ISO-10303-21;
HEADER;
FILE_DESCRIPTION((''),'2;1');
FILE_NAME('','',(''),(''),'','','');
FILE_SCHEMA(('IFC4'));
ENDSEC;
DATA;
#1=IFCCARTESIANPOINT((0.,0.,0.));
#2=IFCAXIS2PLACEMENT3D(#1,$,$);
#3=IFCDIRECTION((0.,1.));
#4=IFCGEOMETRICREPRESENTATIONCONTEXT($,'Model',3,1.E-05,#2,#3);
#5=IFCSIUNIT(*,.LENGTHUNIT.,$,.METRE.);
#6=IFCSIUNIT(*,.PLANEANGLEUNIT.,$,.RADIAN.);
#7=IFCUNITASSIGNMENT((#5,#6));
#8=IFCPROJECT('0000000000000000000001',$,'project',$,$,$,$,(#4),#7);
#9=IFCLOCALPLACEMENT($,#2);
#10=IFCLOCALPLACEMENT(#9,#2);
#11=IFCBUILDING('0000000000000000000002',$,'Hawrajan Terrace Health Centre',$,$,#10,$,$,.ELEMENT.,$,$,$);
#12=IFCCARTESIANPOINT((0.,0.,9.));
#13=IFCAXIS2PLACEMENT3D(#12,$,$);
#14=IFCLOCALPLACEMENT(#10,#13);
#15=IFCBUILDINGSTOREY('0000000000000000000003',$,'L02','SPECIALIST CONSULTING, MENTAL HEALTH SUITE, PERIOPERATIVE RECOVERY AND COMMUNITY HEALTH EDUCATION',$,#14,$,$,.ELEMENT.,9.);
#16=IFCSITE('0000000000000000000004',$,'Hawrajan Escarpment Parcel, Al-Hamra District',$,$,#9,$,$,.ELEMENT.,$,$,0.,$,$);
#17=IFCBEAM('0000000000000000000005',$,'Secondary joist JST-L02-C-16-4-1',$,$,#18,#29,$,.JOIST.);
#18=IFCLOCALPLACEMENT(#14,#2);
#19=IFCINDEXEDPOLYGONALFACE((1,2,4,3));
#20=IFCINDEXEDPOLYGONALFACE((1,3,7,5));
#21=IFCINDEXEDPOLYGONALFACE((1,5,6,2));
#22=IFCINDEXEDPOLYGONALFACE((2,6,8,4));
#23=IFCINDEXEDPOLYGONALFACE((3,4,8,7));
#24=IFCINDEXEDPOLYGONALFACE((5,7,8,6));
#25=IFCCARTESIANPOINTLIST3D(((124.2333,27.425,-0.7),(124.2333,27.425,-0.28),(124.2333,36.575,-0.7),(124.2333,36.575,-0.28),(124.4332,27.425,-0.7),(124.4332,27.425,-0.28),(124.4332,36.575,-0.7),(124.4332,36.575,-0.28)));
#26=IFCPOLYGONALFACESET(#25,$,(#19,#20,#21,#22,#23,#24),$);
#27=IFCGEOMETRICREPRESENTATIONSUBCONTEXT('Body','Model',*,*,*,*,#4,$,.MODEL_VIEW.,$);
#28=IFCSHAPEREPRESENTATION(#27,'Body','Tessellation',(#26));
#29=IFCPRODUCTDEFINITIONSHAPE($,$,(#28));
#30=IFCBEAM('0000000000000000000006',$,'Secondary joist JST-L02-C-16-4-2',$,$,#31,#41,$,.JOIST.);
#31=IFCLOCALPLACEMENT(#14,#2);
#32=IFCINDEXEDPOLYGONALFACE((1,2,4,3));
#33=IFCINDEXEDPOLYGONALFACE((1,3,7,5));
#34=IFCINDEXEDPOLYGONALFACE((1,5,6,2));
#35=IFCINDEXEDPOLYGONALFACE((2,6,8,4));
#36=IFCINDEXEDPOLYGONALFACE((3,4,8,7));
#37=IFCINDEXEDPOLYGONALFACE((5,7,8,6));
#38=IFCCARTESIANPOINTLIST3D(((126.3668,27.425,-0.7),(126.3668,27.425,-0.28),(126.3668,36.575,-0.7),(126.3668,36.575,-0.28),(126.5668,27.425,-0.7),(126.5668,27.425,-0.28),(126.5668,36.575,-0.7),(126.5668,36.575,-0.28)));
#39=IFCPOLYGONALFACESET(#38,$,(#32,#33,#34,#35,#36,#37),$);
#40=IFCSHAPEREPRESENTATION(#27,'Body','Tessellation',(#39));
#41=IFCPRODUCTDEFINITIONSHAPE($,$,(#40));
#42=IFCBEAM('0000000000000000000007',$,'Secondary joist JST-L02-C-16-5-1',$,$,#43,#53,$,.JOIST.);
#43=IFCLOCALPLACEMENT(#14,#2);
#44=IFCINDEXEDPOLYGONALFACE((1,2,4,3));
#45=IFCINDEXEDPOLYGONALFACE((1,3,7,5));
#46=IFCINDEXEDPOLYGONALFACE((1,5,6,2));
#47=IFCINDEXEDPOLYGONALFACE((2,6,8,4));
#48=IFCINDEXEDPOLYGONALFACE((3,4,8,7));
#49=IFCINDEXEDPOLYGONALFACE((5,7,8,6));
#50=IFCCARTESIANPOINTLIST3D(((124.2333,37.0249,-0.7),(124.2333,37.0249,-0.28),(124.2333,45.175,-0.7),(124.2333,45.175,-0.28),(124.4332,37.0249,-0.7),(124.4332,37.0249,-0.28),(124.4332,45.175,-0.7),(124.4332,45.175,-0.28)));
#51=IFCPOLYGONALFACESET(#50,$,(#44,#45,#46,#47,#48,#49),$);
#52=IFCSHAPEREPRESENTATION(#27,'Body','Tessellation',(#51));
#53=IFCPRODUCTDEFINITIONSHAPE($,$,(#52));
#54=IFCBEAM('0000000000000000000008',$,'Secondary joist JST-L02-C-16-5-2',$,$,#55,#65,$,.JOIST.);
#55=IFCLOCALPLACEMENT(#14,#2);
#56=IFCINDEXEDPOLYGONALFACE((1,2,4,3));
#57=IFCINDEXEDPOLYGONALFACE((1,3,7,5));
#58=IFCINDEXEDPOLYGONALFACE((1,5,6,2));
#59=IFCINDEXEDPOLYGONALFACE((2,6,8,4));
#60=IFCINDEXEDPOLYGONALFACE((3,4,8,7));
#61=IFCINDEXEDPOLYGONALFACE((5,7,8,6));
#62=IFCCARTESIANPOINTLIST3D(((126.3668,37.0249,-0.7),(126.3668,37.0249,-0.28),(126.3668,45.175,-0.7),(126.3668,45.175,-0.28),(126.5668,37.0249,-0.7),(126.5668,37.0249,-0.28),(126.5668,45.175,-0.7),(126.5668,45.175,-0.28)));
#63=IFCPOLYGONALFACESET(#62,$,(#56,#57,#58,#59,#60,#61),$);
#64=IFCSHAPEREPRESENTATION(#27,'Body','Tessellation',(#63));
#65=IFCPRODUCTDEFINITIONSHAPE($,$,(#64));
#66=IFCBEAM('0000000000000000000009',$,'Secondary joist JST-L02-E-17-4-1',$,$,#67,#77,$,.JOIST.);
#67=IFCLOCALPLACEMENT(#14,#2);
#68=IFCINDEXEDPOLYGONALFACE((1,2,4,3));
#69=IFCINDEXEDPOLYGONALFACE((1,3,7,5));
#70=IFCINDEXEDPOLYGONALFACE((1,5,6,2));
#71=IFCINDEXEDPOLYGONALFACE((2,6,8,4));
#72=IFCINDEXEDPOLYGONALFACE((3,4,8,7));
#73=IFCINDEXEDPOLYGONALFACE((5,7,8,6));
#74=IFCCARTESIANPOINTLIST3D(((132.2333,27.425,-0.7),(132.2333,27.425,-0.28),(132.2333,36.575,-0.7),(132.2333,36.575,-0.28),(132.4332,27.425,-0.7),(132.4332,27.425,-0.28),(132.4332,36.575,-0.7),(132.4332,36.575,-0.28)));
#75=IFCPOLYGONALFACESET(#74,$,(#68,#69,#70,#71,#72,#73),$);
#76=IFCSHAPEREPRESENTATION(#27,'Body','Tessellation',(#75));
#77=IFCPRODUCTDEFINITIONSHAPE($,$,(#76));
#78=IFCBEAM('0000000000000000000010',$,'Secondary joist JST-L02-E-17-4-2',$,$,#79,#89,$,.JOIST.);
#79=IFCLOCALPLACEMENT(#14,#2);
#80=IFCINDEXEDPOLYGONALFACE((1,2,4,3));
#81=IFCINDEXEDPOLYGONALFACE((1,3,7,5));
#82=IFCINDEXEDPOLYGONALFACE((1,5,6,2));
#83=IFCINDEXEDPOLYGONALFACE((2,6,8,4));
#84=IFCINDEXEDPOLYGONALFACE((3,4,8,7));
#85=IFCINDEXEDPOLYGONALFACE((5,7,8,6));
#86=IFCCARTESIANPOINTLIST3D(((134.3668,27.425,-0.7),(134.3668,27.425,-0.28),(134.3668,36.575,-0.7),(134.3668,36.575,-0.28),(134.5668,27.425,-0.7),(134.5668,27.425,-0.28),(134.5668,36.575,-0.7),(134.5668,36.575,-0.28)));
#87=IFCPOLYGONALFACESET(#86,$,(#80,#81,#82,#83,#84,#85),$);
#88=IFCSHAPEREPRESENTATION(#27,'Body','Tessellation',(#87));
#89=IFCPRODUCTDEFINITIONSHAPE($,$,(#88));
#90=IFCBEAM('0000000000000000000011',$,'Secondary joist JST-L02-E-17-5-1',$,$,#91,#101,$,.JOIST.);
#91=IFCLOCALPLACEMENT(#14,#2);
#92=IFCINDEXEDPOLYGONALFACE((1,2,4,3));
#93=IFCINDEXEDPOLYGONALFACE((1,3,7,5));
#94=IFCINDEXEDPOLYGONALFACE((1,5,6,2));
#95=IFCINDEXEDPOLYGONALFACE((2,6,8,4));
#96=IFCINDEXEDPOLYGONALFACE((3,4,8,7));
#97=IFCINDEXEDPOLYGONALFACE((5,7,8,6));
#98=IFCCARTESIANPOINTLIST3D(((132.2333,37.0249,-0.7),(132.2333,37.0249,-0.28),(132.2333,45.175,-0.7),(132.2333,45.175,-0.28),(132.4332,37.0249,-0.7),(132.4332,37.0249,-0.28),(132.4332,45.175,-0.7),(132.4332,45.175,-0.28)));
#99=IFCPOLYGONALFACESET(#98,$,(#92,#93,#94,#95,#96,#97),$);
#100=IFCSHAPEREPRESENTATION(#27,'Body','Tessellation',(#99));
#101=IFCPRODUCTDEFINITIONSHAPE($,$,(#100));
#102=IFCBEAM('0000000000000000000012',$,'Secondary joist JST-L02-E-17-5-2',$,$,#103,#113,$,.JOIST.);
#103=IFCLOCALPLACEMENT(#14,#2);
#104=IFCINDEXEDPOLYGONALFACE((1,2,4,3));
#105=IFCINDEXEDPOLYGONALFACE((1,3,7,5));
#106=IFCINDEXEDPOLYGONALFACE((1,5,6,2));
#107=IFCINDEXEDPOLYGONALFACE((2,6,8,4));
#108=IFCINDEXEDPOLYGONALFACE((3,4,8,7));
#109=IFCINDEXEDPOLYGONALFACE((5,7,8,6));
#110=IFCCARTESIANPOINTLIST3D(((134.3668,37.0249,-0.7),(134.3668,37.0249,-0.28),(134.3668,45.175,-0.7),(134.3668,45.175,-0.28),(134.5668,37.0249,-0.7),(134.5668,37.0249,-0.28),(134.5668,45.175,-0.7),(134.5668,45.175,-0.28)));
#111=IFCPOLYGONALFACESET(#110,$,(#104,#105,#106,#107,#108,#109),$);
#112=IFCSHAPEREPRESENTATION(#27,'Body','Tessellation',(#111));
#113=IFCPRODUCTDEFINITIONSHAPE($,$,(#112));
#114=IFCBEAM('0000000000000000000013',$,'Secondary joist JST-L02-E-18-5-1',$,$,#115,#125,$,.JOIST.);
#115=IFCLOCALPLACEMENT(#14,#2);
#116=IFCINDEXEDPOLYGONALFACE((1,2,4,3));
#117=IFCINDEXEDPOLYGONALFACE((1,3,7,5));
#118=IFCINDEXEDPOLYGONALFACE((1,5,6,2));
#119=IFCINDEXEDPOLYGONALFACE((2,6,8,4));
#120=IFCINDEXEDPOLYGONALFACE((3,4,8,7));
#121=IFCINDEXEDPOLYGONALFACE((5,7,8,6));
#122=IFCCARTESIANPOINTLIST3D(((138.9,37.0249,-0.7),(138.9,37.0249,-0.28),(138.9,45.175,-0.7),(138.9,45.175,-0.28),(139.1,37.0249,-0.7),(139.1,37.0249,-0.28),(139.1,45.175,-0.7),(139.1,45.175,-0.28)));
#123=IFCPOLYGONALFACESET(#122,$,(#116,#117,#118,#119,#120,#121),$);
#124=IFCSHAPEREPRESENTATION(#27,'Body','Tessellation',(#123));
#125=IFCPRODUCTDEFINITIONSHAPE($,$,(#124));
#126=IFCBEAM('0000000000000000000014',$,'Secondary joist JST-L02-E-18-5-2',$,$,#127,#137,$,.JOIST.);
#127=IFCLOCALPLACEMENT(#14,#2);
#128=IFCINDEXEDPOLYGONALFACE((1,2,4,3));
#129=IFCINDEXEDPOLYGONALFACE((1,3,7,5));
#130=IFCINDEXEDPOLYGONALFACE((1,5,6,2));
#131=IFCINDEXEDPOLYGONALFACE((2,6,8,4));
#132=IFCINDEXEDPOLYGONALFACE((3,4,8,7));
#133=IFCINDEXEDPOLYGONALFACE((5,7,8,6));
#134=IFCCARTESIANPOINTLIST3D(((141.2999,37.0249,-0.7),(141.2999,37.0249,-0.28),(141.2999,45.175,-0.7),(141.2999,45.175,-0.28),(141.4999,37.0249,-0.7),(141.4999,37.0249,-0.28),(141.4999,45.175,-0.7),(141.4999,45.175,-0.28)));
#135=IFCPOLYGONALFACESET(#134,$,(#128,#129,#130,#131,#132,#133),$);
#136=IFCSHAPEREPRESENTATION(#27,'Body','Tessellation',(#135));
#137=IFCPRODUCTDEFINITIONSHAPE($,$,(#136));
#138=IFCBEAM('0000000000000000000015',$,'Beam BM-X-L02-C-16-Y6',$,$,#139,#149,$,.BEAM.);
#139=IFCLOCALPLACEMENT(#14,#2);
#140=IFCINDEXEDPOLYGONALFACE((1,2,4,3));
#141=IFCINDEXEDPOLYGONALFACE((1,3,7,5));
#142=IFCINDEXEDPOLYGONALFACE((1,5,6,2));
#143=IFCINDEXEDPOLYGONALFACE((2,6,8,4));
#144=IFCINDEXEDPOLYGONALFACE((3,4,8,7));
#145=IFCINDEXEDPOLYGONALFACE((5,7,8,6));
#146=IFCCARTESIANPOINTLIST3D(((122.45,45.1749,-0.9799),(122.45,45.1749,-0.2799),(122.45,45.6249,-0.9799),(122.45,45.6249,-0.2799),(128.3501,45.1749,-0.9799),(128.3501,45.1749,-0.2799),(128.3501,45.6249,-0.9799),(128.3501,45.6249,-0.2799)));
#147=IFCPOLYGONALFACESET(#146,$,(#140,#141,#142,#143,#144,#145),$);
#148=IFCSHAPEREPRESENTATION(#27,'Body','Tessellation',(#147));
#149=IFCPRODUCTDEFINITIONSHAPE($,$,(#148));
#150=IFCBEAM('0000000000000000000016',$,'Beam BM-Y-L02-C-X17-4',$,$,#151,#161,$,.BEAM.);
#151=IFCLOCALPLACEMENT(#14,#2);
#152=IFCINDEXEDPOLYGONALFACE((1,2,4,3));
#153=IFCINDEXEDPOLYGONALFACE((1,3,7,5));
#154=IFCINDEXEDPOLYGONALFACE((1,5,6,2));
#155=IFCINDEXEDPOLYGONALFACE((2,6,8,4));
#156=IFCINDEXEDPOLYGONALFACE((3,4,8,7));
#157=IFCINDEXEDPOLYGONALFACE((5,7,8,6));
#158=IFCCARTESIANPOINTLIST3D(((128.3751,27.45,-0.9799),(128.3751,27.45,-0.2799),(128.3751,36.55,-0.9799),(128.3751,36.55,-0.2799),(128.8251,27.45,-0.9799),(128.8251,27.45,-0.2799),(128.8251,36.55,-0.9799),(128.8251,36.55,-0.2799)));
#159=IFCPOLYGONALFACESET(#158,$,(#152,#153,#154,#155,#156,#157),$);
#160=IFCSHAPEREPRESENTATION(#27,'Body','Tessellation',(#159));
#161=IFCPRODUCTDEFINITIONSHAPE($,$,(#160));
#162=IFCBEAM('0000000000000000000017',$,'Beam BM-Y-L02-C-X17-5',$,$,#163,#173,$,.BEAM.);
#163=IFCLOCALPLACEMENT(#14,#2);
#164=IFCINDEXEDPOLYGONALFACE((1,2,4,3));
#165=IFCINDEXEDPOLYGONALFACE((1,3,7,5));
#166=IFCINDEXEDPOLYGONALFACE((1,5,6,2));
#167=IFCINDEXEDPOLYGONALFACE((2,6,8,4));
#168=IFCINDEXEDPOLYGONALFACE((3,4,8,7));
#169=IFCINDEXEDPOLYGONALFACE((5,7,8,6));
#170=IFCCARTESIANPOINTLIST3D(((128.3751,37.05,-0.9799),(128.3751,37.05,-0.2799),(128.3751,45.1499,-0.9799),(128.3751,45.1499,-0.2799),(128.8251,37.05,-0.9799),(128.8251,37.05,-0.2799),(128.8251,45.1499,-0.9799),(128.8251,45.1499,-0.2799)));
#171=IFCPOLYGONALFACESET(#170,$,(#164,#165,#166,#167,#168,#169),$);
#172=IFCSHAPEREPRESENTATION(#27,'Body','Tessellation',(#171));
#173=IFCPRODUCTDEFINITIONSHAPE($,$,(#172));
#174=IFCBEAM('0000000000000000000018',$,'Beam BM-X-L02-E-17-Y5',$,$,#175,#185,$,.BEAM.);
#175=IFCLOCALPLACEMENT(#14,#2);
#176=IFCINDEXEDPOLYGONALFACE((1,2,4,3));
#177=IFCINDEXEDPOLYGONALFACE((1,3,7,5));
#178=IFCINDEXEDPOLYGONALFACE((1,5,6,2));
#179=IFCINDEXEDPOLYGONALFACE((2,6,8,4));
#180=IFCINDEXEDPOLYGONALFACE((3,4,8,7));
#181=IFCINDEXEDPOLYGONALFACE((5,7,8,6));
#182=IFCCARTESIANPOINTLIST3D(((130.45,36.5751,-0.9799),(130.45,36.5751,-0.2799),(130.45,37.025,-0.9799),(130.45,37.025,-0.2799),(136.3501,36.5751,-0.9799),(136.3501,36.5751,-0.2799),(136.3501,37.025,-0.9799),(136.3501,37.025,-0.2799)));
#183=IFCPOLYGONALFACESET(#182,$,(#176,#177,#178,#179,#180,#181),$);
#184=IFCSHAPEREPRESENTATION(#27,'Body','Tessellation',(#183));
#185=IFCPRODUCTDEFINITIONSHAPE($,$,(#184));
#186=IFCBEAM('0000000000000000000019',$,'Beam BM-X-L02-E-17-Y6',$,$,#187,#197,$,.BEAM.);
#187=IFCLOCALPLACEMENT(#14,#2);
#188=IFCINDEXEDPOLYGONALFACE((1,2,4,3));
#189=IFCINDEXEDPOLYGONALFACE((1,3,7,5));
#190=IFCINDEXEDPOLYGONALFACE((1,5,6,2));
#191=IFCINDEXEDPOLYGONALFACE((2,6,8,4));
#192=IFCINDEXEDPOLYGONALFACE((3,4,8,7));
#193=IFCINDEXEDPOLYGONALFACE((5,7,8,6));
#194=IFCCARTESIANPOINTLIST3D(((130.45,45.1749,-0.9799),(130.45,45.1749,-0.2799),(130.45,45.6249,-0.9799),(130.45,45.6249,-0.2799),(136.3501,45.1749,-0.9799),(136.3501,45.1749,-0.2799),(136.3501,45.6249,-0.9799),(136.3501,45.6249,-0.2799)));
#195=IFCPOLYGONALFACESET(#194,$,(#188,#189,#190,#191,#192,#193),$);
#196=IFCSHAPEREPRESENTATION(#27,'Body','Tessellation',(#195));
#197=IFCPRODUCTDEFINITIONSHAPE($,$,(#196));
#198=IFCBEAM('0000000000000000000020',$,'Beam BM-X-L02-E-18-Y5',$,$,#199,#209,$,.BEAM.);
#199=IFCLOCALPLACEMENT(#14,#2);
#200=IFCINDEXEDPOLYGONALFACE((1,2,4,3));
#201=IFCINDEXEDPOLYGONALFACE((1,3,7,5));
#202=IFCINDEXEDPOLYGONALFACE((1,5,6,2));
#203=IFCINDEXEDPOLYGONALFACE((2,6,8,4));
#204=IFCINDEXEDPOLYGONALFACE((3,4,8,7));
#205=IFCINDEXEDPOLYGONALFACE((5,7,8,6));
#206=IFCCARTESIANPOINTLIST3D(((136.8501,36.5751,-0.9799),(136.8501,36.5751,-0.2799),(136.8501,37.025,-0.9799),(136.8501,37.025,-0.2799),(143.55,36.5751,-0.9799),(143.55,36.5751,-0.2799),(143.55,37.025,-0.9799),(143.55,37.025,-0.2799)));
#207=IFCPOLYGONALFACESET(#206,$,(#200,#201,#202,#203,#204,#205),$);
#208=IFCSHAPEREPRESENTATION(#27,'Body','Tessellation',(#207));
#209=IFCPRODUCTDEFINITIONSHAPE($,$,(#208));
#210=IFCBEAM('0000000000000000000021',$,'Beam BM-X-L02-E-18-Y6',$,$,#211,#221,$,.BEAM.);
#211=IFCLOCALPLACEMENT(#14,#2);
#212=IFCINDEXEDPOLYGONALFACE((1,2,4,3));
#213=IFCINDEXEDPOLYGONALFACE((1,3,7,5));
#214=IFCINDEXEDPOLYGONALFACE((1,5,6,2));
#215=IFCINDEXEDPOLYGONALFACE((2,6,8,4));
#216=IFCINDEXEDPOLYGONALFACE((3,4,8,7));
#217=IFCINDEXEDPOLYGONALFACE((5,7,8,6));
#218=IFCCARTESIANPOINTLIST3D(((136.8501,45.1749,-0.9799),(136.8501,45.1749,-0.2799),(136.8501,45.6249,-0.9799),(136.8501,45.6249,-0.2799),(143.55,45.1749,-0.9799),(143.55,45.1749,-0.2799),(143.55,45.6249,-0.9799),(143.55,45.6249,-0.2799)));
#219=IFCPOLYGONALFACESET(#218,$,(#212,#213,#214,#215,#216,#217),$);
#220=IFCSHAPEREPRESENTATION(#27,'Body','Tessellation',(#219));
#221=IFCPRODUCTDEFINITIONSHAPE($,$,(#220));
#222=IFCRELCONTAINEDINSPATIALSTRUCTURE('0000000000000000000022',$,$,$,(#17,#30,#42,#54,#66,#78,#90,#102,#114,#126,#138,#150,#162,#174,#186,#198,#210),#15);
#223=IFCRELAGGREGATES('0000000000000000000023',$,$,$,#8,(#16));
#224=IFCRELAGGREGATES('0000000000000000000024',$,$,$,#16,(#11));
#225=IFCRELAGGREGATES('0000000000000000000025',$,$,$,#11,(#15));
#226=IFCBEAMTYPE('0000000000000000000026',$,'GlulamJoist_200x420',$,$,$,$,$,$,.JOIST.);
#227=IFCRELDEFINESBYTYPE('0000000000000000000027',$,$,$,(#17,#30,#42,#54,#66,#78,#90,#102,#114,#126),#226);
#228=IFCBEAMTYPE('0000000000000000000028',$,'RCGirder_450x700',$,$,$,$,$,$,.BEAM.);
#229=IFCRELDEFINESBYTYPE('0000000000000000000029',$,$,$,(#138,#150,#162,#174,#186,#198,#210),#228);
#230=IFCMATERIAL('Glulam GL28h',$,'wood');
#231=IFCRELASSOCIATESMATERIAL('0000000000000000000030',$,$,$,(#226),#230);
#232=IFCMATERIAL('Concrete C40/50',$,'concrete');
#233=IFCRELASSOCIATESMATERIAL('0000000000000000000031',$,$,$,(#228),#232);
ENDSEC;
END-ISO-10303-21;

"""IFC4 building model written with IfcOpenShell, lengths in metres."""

from ifc_helpers import new_model, si_unit, direction, frame, origin, origin_2d, place, context, subcontext, project, spatial, rectangle, extrude, material, material_profile, profile_set, type_object, element, save


model = new_model("IFC4")

# Units and contexts
model_context = context("Model", 3, precision=1e-05, world=origin(), true_north=direction((0.0, 1.0)))
body_context = subcontext(model_context, "Body", "Model", "MODEL_VIEW")
ifc_project = project(units=[si_unit("LENGTHUNIT", "METRE"), si_unit("PLANEANGLEUNIT", "RADIAN")], contexts=[model_context])

# Site, building, storey
site_placement = place(None, origin())
site = spatial("IfcSite", under=ifc_project, at=site_placement, Name="Hawrajan Escarpment Parcel, Al-Hamra District", CompositionType="ELEMENT", RefElevation=0.0)
building_placement = place(site_placement, origin())
building = spatial("IfcBuilding", under=site, at=building_placement, Name="Hawrajan Terrace Health Centre", CompositionType="ELEMENT")
storey_placement = place(building_placement, frame((0.0, 0.0, 9.0)))
storey = spatial("IfcBuildingStorey", under=building, at=storey_placement, Name="L02", Description="SPECIALIST CONSULTING, MENTAL HEALTH SUITE, PERIOPERATIVE RECOVERY AND COMMUNITY HEALTH EDUCATION", CompositionType="ELEMENT", Elevation=9.0)

# Beams
ifc_material_1 = material(Name="Glulam GL28h", Category="wood")
ifc_material_profile_1 = material_profile(ifc_material_1, rectangle(XDim=0.2, YDim=0.4199, at=origin_2d()), Name="GL JST 200x420")
ifc_profile_set_1 = profile_set([ifc_material_profile_1], Name="Glulam GL28h")
beam_type_1 = type_object("IfcBeamType", Name="GlulamJoist_200x420", PredefinedType="JOIST", material=ifc_profile_set_1)
for number, where, z_axis, x_axis, name in (
    (1, (124.3333, 27.425, -0.49), (0.0, 1.0, 0.0), (-1.0, 0.0, 0.0), "Secondary joist JST-L02-C-16-4-1"),
    (2, (126.4668, 27.425, -0.49), (0.0, 1.0, 0.0), (-1.0, 0.0, 0.0), "Secondary joist JST-L02-C-16-4-2"),
):
    element("IfcBeam", number, at=place(storey_placement, frame(where, z_axis=z_axis, x_axis=x_axis)), inside=storey, type_object=beam_type_1, Name=name, PredefinedType="JOIST", context=body_context, shape_type="SweptSolid", body=[
        extrude(rectangle(XDim=0.2, YDim=0.4199, at=origin_2d()), origin(), (0.0, 0.0, 1.0), 9.1499),
    ])
for number, where, z_axis, x_axis, name in (
    (3, (124.3333, 37.0249, -0.49), (0.0, 1.0, 0.0), (-1.0, 0.0, 0.0), "Secondary joist JST-L02-C-16-5-1"),
    (4, (126.4668, 37.0249, -0.49), (0.0, 1.0, 0.0), (-1.0, 0.0, 0.0), "Secondary joist JST-L02-C-16-5-2"),
):
    element("IfcBeam", number, at=place(storey_placement, frame(where, z_axis=z_axis, x_axis=x_axis)), inside=storey, type_object=beam_type_1, Name=name, PredefinedType="JOIST", context=body_context, shape_type="SweptSolid", body=[
        extrude(rectangle(XDim=0.2, YDim=0.4199, at=origin_2d()), origin(), (0.0, 0.0, 1.0), 8.1501),
    ])
for number, where, z_axis, x_axis, name in (
    (5, (132.3333, 27.425, -0.49), (0.0, 1.0, 0.0), (-1.0, 0.0, 0.0), "Secondary joist JST-L02-E-17-4-1"),
    (6, (134.4668, 27.425, -0.49), (0.0, 1.0, 0.0), (-1.0, 0.0, 0.0), "Secondary joist JST-L02-E-17-4-2"),
):
    element("IfcBeam", number, at=place(storey_placement, frame(where, z_axis=z_axis, x_axis=x_axis)), inside=storey, type_object=beam_type_1, Name=name, PredefinedType="JOIST", context=body_context, shape_type="SweptSolid", body=[
        extrude(rectangle(XDim=0.2, YDim=0.4199, at=origin_2d()), origin(), (0.0, 0.0, 1.0), 9.1499),
    ])
for number, where, z_axis, x_axis, name in (
    (7, (132.3333, 37.0249, -0.49), (0.0, 1.0, 0.0), (-1.0, 0.0, 0.0), "Secondary joist JST-L02-E-17-5-1"),
    (8, (134.4668, 37.0249, -0.49), (0.0, 1.0, 0.0), (-1.0, 0.0, 0.0), "Secondary joist JST-L02-E-17-5-2"),
    (9, (139.0, 37.0249, -0.49), (0.0, 1.0, 0.0), (-1.0, 0.0, 0.0), "Secondary joist JST-L02-E-18-5-1"),
    (10, (141.3999, 37.0249, -0.49), (0.0, 1.0, 0.0), (-1.0, 0.0, 0.0), "Secondary joist JST-L02-E-18-5-2"),
):
    element("IfcBeam", number, at=place(storey_placement, frame(where, z_axis=z_axis, x_axis=x_axis)), inside=storey, type_object=beam_type_1, Name=name, PredefinedType="JOIST", context=body_context, shape_type="SweptSolid", body=[
        extrude(rectangle(XDim=0.2, YDim=0.4199, at=origin_2d()), origin(), (0.0, 0.0, 1.0), 8.1501),
    ])
ifc_material_2 = material(Name="Concrete C40/50", Category="concrete")
ifc_material_profile_2 = material_profile(ifc_material_2, rectangle(XDim=0.45, YDim=0.7, at=origin_2d()), Name="RC BM 450x700")
ifc_profile_set_2 = profile_set([ifc_material_profile_2], Name="Concrete C40/50")
beam_type_2 = type_object("IfcBeamType", Name="RCGirder_450x700", PredefinedType="BEAM", material=ifc_profile_set_2)
beam_1_placement = place(storey_placement, frame((122.45, 45.3999, -0.6299), z_axis=(1.0, 0.0, 0.0), x_axis=(0.0, 1.0, 0.0)))
element("IfcBeam", 11, at=beam_1_placement, inside=storey, type_object=beam_type_2, Name="Beam BM-X-L02-C-16-Y6", PredefinedType="BEAM", context=body_context, shape_type="SweptSolid", body=[
    extrude(rectangle(XDim=0.45, YDim=0.7, at=origin_2d()), origin(), (0.0, 0.0, 1.0), 5.9001),
])
beam_2_placement = place(storey_placement, frame((128.6001, 27.45, -0.6299), z_axis=(0.0, 1.0, 0.0), x_axis=(-1.0, 0.0, 0.0)))
element("IfcBeam", 12, at=beam_2_placement, inside=storey, type_object=beam_type_2, Name="Beam BM-Y-L02-C-X17-4", PredefinedType="BEAM", context=body_context, shape_type="SweptSolid", body=[
    extrude(rectangle(XDim=0.45, YDim=0.7, at=origin_2d()), origin(), (0.0, 0.0, 1.0), 9.1001),
])
beam_3_placement = place(storey_placement, frame((128.6001, 37.05, -0.6299), z_axis=(0.0, 1.0, 0.0), x_axis=(-1.0, 0.0, 0.0)))
element("IfcBeam", 13, at=beam_3_placement, inside=storey, type_object=beam_type_2, Name="Beam BM-Y-L02-C-X17-5", PredefinedType="BEAM", context=body_context, shape_type="SweptSolid", body=[
    extrude(rectangle(XDim=0.45, YDim=0.7, at=origin_2d()), origin(), (0.0, 0.0, 1.0), 8.0999),
])
for number, where, z_axis, x_axis, name in (
    (14, (130.45, 36.8, -0.6299), (1.0, 0.0, 0.0), (0.0, 1.0, 0.0), "Beam BM-X-L02-E-17-Y5"),
    (15, (130.45, 45.3999, -0.6299), (1.0, 0.0, 0.0), (0.0, 1.0, 0.0), "Beam BM-X-L02-E-17-Y6"),
):
    element("IfcBeam", number, at=place(storey_placement, frame(where, z_axis=z_axis, x_axis=x_axis)), inside=storey, type_object=beam_type_2, Name=name, PredefinedType="BEAM", context=body_context, shape_type="SweptSolid", body=[
        extrude(rectangle(XDim=0.45, YDim=0.7, at=origin_2d()), origin(), (0.0, 0.0, 1.0), 5.9001),
    ])
for number, where, z_axis, x_axis, name in (
    (16, (136.8501, 36.8, -0.6299), (1.0, 0.0, 0.0), (0.0, 1.0, 0.0), "Beam BM-X-L02-E-18-Y5"),
    (17, (136.8501, 45.3999, -0.6299), (1.0, 0.0, 0.0), (0.0, 1.0, 0.0), "Beam BM-X-L02-E-18-Y6"),
):
    element("IfcBeam", number, at=place(storey_placement, frame(where, z_axis=z_axis, x_axis=x_axis)), inside=storey, type_object=beam_type_2, Name=name, PredefinedType="BEAM", context=body_context, shape_type="SweptSolid", body=[
        extrude(rectangle(XDim=0.45, YDim=0.7, at=origin_2d()), origin(), (0.0, 0.0, 1.0), 6.7),
    ])

save(model, "model.ifc")
